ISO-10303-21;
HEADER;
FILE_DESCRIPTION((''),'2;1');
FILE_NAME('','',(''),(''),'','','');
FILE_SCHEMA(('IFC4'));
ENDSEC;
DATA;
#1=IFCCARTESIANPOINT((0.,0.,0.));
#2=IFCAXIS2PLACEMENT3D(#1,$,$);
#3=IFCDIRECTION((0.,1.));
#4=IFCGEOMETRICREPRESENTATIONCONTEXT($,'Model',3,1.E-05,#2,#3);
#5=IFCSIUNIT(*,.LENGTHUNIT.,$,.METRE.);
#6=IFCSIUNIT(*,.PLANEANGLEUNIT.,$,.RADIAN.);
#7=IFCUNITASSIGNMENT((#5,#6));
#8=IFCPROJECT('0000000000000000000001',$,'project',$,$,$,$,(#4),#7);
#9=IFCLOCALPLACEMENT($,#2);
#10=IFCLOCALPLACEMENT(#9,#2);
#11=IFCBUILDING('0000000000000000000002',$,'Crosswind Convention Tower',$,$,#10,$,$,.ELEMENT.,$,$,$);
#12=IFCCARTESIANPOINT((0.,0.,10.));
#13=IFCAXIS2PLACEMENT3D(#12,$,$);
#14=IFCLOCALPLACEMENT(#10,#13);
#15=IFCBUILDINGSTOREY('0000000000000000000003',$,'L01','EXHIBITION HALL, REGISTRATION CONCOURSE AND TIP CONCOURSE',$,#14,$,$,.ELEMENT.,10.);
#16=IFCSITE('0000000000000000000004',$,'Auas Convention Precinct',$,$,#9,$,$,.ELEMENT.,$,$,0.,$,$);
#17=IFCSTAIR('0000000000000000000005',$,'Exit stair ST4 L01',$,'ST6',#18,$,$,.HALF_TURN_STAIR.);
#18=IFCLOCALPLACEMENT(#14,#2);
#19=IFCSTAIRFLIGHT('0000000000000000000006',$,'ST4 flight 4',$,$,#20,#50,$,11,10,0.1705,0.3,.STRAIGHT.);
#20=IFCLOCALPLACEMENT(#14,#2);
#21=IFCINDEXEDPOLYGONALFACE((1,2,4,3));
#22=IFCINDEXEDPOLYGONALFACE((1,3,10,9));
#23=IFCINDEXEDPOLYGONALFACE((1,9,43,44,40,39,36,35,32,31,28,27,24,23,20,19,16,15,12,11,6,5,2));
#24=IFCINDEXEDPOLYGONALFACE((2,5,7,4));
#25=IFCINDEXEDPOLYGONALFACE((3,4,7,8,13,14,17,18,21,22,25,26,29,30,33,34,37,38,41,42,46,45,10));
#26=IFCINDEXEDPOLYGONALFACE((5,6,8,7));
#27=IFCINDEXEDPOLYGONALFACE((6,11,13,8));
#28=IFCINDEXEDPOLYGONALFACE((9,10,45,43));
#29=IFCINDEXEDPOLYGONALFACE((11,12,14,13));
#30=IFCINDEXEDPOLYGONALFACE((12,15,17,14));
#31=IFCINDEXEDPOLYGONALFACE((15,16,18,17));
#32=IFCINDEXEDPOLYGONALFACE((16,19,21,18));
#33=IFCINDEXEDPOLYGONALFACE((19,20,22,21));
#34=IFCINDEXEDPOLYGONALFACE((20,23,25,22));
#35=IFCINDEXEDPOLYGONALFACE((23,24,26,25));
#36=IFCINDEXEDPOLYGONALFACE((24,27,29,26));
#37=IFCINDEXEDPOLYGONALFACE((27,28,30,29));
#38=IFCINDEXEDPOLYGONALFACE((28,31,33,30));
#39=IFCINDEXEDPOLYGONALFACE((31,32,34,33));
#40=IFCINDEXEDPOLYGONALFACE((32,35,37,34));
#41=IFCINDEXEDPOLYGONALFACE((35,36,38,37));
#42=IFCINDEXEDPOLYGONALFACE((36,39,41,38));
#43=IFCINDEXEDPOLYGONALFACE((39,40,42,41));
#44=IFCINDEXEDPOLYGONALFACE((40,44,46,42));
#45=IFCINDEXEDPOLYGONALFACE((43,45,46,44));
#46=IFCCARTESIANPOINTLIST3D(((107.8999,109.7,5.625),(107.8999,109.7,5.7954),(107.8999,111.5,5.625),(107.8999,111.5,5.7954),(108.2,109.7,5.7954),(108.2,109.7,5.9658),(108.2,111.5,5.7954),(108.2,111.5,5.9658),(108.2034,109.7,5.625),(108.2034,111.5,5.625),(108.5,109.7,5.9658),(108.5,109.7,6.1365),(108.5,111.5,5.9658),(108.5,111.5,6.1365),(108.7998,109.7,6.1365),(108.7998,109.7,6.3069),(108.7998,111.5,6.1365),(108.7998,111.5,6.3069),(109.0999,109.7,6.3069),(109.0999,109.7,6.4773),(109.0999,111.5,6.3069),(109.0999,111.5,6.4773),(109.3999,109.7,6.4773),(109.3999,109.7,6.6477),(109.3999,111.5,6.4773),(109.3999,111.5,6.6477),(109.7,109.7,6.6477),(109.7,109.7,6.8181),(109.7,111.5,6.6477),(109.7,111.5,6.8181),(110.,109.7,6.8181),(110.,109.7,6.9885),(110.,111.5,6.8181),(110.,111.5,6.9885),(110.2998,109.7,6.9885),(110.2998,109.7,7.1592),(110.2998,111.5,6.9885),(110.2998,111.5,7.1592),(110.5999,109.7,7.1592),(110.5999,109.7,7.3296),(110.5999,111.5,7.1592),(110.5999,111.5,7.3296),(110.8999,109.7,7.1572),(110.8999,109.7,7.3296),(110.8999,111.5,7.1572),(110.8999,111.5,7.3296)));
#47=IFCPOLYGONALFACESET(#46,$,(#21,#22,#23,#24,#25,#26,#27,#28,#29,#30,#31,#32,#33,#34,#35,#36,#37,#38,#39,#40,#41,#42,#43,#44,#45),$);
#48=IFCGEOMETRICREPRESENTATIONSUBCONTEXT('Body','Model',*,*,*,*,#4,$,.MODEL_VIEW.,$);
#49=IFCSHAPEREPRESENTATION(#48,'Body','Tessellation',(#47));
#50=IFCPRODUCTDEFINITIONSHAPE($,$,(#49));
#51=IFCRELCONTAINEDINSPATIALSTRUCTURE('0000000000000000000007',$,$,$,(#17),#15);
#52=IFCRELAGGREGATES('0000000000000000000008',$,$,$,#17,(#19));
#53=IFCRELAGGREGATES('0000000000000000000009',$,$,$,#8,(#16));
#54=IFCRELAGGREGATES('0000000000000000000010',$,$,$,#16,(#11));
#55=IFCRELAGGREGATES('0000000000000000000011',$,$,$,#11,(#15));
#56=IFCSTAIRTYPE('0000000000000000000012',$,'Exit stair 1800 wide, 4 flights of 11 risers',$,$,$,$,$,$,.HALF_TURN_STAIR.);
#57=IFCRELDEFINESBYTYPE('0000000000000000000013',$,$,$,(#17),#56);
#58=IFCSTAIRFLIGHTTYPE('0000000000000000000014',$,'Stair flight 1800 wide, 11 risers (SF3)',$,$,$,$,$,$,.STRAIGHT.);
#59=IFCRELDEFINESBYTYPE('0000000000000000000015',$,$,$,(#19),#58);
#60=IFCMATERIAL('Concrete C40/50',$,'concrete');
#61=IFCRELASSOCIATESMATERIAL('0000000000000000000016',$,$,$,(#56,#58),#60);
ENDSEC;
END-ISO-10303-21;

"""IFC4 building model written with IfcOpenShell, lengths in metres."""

from ifc_helpers import new_model, si_unit, direction, frame, origin, place, context, subcontext, project, spatial, polyline, outline, extrude, material, type_object, element, aggregate, save


model = new_model("IFC4")

# Units and contexts
model_context = context("Model", 3, precision=1e-05, world=origin(), true_north=direction((0.0, 1.0)))
body_context = subcontext(model_context, "Body", "Model", "MODEL_VIEW")
ifc_project = project(units=[si_unit("LENGTHUNIT", "METRE"), si_unit("PLANEANGLEUNIT", "RADIAN")], contexts=[model_context])

# Site, building, storey
site_placement = place(None, origin())
site = spatial("IfcSite", under=ifc_project, at=site_placement, Name="Auas Convention Precinct", CompositionType="ELEMENT", RefElevation=0.0)
building_placement = place(site_placement, origin())
building = spatial("IfcBuilding", under=site, at=building_placement, Name="Crosswind Convention Tower", CompositionType="ELEMENT")
storey_placement = place(building_placement, frame((0.0, 0.0, 10.0)))
storey = spatial("IfcBuildingStorey", under=building, at=storey_placement, Name="L01", Description="EXHIBITION HALL, REGISTRATION CONCOURSE AND TIP CONCOURSE", CompositionType="ELEMENT", Elevation=10.0)

# Stair, stair flight
ifc_material_1 = material(Name="Concrete C40/50", Category="concrete")
stair_type = type_object("IfcStairType", Name="Exit stair 1800 wide, 4 flights of 11 risers", PredefinedType="HALF_TURN_STAIR", material=ifc_material_1)
stair_placement = place(storey_placement, origin())
stair = element("IfcStair", 1, at=stair_placement, inside=storey, type_object=stair_type, Name="Exit stair ST4 L01", ObjectType="ST6", PredefinedType="HALF_TURN_STAIR")
stair_flight_type = type_object("IfcStairFlightType", Name="Stair flight 1800 wide, 11 risers (SF3)", PredefinedType="STRAIGHT", material=ifc_material_1)
stair_flight_1_placement = place(storey_placement, frame((107.8999, 110.6001, 5.625), z_axis=(0.0, 0.0, 1.0), x_axis=(1.0, 0.0, 0.0)))
stair_flight_1 = element("IfcStairFlight", 2, at=stair_flight_1_placement, type_object=stair_flight_type, Name="ST4 flight 4", NumberOfRisers=11, NumberOfTreads=10, PredefinedType="STRAIGHT", RiserHeight=0.1705, TreadLength=0.3, context=body_context, shape_type="SweptSolid", body=[
    extrude(outline(polyline([(0.0, 0.0), (0.0, 0.1704), (0.3, 0.1704), (0.3, 0.3408), (0.6001, 0.3408), (0.6001, 0.5115), (0.8999, 0.5115), (0.8999, 0.6819), (1.2, 0.6819), (1.2, 0.8523), (1.5, 0.8523), (1.5, 1.0227), (1.8, 1.0227), (1.8, 1.1931), (2.1001, 1.1931), (2.1001, 1.3635), (2.3999, 1.3635), (2.3999, 1.5342), (2.7, 1.5342), (2.7, 1.7046), (3.0, 1.7046), (3.0, 1.875), (3.0, 1.5322), (0.3035, 0.0), (0.0, 0.0)])), frame((0.0, 0.8999, 0.0), z_axis=(0.0, -1.0, 0.0), x_axis=(1.0, 0.0, 0.0)), (0.0, 0.0, 1.0), 1.8),
])
aggregate(stair, [stair_flight_1])

save(model, "model.ifc")
